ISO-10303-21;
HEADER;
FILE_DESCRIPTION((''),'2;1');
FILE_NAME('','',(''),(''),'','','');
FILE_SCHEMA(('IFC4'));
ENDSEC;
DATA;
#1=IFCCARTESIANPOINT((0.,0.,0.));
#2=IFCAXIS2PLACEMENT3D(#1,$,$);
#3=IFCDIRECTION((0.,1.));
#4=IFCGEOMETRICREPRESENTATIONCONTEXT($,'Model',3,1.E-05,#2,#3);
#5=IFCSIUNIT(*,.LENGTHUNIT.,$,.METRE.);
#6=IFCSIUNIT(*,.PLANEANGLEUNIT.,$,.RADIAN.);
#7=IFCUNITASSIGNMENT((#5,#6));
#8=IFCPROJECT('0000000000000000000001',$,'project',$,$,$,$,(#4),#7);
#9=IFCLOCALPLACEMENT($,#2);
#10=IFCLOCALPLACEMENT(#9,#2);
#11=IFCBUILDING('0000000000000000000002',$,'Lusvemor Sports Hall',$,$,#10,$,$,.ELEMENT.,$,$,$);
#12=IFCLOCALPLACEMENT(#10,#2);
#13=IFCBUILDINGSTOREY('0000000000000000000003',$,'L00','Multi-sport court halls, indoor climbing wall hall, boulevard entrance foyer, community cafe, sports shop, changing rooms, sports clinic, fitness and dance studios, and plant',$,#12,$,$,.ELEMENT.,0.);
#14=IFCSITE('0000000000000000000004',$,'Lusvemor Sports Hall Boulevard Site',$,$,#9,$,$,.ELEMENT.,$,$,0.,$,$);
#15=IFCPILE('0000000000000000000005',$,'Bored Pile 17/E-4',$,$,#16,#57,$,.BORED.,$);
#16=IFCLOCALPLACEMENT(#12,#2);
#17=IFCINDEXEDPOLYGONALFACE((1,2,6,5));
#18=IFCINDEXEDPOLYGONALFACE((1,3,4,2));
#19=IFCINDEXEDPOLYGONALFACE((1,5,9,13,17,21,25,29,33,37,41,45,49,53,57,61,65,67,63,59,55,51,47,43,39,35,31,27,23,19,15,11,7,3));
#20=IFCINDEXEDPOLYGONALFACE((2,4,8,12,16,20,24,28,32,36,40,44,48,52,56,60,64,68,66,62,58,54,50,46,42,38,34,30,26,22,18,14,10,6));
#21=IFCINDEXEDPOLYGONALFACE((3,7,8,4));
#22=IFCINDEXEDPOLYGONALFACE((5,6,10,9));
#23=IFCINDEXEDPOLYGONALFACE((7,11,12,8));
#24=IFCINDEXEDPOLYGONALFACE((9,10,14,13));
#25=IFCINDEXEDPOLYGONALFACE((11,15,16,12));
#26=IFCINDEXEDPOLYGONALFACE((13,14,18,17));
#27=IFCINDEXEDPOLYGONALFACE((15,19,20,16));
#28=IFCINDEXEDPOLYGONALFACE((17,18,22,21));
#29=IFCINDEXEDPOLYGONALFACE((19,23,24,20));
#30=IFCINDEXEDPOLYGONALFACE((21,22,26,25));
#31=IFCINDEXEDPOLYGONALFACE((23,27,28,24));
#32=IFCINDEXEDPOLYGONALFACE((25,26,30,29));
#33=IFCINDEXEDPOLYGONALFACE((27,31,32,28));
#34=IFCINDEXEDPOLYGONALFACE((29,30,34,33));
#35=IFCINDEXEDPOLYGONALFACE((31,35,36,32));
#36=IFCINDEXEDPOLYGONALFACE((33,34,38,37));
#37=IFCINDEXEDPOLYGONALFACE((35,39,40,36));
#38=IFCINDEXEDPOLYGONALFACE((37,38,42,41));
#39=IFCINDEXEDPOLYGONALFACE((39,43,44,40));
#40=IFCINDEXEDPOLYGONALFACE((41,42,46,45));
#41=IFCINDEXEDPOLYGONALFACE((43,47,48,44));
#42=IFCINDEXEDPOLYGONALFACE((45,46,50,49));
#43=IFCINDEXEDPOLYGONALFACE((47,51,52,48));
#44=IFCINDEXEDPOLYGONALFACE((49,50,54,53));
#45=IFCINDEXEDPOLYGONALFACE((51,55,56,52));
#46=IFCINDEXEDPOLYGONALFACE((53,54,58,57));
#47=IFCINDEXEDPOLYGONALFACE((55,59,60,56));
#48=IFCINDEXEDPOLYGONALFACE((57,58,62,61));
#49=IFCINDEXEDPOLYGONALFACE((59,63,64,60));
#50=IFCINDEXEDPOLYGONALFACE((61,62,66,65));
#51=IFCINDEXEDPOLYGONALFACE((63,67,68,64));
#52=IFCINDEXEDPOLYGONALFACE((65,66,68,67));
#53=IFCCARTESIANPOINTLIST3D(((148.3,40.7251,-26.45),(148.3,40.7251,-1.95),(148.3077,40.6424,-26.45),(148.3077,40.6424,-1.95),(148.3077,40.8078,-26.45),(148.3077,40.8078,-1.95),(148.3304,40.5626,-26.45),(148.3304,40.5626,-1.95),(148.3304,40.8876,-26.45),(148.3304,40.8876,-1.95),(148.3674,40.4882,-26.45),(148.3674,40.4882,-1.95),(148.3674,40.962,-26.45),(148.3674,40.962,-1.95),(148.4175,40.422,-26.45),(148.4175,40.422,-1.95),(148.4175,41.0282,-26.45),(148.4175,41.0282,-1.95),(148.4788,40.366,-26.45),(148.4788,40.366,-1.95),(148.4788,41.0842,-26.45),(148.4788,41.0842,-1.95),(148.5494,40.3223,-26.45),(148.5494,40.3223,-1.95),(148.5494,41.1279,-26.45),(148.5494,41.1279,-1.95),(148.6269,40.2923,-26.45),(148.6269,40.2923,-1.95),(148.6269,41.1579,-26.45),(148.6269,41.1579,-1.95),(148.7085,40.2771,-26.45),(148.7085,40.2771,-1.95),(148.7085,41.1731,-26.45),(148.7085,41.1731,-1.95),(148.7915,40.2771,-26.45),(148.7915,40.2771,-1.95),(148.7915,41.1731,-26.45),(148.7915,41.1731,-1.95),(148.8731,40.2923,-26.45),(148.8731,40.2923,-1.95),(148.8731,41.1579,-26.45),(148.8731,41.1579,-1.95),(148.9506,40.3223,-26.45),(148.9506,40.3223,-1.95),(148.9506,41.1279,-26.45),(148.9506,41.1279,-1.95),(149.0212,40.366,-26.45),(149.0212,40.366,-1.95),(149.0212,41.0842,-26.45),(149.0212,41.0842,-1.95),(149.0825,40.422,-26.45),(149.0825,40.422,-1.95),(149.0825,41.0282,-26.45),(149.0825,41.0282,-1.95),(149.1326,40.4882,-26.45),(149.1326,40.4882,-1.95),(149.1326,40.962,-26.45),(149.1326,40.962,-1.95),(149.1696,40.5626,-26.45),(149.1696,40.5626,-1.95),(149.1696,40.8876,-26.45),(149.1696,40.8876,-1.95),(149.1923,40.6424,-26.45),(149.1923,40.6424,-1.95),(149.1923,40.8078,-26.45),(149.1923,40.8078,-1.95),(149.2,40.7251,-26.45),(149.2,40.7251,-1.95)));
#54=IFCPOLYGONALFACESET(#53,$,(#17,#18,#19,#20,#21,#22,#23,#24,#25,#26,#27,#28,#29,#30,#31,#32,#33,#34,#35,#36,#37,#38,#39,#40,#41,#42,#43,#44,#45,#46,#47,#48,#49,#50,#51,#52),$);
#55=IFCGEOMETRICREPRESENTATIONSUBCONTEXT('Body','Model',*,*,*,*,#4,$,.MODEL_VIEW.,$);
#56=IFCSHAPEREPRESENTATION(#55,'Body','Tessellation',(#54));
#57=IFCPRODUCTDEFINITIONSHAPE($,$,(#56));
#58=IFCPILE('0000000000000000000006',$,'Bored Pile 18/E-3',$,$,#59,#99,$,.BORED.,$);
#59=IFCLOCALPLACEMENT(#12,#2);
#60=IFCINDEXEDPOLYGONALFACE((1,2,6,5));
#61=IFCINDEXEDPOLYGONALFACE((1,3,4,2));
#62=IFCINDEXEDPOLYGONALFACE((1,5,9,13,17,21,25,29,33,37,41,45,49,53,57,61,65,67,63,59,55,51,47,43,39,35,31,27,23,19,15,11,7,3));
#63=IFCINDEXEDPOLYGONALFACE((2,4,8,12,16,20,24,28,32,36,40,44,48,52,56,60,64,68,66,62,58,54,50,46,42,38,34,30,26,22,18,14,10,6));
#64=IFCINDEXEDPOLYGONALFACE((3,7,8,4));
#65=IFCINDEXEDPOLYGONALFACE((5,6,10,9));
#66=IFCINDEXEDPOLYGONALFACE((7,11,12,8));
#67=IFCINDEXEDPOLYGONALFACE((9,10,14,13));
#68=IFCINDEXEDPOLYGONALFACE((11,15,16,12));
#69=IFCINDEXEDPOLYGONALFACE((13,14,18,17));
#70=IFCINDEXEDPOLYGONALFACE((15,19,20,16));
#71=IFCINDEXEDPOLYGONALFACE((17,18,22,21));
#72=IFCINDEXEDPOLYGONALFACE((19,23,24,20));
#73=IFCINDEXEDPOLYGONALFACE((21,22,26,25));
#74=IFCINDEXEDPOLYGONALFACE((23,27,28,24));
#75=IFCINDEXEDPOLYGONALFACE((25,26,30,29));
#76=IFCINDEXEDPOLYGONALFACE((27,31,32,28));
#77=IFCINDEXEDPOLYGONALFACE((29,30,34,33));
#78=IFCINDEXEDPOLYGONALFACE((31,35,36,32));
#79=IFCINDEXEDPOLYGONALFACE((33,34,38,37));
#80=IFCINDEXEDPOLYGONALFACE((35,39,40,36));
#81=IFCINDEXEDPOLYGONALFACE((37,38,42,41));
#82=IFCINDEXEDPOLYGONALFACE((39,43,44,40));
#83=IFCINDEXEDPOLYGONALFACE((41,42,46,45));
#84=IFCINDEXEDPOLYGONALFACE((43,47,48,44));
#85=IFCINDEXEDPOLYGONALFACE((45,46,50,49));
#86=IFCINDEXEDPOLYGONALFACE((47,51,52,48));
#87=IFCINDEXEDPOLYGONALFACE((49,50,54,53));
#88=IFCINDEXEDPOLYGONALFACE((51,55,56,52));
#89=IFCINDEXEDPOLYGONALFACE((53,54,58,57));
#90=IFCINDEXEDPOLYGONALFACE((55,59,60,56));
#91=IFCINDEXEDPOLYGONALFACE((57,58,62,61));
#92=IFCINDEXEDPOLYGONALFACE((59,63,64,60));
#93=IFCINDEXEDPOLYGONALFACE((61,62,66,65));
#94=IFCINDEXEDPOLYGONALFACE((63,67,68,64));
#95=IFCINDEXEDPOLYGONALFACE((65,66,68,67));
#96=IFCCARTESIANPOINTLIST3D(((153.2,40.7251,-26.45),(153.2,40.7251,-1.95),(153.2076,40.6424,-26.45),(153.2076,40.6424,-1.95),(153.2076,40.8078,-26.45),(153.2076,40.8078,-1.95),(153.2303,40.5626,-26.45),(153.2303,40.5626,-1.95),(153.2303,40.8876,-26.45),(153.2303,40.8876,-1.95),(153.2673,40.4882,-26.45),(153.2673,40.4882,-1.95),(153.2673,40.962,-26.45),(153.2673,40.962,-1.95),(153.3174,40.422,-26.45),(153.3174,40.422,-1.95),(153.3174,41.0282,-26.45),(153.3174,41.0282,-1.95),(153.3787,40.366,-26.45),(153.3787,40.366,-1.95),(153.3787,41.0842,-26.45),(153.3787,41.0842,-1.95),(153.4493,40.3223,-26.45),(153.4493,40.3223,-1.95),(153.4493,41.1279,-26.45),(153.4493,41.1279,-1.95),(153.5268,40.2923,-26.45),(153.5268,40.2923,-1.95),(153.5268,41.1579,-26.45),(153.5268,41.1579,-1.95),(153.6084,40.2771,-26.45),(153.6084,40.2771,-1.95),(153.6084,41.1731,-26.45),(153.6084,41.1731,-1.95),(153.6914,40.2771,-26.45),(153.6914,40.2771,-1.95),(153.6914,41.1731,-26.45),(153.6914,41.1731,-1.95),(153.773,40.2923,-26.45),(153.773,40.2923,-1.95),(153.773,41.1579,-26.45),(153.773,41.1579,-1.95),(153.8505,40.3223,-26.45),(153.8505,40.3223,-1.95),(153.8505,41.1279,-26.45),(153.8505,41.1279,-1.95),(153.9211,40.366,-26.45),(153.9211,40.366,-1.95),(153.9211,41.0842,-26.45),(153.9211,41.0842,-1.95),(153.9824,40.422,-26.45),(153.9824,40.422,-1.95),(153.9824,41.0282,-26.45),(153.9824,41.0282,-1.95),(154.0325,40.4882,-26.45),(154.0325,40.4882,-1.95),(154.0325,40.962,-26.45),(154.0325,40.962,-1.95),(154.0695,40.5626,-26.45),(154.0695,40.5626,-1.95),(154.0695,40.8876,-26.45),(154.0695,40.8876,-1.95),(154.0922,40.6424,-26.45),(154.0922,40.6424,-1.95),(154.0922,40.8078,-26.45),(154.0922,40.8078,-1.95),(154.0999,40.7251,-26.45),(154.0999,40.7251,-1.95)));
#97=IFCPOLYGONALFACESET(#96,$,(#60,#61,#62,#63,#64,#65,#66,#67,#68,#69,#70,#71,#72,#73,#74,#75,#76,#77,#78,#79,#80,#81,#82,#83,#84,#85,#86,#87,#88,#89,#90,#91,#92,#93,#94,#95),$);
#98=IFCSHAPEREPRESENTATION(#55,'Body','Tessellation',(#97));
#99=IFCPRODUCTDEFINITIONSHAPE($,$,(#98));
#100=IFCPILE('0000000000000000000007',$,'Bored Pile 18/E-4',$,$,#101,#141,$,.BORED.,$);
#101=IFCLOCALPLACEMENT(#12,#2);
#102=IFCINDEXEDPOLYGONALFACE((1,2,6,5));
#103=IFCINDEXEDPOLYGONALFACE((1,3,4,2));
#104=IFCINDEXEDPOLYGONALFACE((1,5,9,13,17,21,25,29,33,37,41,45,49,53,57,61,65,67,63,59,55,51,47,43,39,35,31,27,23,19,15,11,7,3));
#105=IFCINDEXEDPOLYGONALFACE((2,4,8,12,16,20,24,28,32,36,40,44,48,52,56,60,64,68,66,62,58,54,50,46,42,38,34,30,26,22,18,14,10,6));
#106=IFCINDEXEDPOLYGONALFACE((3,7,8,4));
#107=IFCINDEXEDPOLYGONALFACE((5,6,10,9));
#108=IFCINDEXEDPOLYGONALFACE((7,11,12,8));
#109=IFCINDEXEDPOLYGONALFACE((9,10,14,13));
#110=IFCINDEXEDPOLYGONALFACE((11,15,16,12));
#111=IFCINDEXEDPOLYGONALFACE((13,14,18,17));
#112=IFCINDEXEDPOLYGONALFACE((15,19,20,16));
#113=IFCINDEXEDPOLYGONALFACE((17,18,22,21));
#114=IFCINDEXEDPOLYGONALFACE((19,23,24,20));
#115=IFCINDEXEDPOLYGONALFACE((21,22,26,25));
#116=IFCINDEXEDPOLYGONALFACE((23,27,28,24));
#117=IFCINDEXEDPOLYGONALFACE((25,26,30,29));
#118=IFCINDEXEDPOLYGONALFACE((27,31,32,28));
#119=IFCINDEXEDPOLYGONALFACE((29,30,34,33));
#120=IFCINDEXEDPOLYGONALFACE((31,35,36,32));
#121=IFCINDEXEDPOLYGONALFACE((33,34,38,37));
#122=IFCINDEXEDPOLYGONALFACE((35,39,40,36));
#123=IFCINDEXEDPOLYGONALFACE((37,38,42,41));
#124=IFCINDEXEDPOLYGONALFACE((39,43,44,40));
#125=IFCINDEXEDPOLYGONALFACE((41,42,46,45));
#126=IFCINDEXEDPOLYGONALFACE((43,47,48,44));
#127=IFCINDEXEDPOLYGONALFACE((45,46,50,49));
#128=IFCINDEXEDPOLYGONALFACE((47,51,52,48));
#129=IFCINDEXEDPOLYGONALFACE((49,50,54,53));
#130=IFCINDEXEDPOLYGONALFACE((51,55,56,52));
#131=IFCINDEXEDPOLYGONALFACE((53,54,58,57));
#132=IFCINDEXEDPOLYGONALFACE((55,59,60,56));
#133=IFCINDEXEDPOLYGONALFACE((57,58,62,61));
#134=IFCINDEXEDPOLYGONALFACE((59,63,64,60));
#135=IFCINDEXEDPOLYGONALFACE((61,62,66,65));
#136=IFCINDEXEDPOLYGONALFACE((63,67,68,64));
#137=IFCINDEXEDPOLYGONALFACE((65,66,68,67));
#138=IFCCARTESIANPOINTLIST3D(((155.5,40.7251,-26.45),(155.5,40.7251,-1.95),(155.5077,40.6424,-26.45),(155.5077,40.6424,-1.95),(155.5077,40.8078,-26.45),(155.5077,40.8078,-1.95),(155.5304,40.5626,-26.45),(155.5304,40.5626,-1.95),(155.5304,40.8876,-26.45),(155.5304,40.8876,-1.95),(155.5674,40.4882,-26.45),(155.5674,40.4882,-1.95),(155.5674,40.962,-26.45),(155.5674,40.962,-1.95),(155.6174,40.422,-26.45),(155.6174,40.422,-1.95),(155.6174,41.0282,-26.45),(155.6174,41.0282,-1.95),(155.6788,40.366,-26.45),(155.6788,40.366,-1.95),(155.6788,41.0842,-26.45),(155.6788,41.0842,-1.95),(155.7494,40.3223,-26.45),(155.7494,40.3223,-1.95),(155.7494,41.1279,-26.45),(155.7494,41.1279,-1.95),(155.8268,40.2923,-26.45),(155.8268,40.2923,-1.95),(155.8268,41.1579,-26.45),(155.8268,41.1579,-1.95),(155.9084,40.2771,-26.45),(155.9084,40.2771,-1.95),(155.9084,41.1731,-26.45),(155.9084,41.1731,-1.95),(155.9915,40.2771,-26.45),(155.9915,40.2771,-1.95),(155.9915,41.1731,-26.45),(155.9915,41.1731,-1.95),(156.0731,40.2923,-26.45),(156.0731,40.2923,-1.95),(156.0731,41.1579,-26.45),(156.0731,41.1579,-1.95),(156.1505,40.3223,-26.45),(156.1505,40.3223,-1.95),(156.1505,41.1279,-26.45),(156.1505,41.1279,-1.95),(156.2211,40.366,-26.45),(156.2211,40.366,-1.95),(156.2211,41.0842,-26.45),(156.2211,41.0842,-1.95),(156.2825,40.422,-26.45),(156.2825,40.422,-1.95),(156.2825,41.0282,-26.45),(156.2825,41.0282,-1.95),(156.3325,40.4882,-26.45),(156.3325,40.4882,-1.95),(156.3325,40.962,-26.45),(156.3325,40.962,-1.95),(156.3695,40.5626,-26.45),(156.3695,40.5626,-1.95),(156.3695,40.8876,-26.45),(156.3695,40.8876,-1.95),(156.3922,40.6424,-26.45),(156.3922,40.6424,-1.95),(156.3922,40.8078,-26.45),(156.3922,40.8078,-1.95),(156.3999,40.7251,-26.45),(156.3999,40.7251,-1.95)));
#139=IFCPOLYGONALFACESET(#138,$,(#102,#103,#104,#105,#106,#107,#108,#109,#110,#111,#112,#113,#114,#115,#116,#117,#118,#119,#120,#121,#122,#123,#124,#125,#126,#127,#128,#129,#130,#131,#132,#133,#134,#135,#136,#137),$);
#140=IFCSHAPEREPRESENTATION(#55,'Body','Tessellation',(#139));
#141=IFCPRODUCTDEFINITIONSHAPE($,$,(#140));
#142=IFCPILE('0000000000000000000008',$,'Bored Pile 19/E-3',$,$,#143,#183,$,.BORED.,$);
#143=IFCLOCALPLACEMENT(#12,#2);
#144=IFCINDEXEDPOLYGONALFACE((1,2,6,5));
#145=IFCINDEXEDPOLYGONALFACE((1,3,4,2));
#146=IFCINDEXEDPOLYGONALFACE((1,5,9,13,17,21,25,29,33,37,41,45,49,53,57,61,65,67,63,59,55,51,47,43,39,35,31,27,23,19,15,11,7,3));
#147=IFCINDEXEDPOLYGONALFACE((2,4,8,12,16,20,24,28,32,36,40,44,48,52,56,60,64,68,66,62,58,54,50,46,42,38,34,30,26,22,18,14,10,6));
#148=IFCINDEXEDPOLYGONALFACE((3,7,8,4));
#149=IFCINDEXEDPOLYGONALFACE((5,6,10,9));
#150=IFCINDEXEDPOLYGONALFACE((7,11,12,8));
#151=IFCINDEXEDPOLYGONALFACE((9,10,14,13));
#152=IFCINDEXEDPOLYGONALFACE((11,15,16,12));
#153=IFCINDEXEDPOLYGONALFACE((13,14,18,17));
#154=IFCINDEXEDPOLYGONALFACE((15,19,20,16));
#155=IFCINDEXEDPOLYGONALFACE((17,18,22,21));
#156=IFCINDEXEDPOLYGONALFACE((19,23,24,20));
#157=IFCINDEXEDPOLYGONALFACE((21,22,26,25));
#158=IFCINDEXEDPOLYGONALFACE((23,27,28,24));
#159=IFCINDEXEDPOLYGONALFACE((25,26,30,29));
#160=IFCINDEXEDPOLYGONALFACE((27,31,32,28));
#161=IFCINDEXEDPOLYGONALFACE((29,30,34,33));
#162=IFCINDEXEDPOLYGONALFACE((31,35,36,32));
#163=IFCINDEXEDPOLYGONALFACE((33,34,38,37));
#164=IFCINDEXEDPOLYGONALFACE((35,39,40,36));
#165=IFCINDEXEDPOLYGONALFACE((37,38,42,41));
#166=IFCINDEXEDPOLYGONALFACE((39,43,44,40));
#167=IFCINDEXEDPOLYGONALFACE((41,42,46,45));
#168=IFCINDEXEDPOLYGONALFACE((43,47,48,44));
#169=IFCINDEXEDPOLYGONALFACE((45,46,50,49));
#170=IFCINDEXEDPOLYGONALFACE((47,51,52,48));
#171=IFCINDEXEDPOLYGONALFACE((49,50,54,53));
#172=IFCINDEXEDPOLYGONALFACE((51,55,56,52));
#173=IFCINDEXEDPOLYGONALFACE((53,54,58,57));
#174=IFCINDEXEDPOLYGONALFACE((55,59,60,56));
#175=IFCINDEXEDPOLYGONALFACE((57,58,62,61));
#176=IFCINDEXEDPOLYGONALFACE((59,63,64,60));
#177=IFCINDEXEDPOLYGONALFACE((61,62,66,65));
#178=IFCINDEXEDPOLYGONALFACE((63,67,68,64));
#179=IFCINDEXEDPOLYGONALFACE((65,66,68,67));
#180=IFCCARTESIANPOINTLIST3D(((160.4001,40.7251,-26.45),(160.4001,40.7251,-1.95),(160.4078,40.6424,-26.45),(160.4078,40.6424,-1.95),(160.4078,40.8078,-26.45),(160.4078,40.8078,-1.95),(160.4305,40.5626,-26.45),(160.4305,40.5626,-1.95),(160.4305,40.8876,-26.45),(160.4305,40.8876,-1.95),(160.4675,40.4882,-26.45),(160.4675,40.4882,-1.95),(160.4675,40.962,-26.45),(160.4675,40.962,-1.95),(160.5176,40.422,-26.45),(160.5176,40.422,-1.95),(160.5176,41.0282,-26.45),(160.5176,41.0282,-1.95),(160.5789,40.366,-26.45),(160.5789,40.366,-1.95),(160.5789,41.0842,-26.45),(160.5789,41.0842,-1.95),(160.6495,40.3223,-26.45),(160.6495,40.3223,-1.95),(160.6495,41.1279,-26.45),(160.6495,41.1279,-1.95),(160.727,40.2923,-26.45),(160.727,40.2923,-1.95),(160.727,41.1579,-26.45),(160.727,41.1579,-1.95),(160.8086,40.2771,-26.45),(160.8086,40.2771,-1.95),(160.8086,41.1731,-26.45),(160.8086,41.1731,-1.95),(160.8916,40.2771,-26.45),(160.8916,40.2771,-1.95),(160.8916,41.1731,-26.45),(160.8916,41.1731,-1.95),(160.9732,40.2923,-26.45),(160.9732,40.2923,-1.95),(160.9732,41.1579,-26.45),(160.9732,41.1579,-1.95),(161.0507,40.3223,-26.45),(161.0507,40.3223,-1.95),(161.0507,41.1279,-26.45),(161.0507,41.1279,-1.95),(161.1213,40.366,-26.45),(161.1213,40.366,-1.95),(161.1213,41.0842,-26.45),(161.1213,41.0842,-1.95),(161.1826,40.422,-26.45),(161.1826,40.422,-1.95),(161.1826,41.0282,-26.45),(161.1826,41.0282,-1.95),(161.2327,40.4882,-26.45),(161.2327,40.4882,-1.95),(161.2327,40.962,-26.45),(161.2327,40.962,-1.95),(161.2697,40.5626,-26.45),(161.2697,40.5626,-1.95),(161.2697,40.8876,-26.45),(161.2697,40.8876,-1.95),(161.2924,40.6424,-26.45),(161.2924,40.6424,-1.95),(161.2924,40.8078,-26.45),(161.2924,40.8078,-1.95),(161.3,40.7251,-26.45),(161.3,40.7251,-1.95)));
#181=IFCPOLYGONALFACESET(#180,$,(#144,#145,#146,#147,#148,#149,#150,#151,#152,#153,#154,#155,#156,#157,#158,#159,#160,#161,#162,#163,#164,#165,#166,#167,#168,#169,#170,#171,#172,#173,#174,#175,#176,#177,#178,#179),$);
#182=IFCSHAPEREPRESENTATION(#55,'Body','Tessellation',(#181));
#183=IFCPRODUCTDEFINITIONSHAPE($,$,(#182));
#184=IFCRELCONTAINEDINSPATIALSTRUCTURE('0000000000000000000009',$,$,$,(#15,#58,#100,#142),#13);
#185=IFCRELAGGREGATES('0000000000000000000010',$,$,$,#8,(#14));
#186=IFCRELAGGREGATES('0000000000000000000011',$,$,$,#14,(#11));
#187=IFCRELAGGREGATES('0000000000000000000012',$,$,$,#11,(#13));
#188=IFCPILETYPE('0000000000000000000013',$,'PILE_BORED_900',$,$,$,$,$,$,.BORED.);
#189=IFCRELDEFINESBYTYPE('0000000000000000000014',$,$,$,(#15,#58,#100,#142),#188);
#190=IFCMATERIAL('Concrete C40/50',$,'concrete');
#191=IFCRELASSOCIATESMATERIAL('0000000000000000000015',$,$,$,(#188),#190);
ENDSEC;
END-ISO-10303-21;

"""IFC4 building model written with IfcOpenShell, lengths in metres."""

from ifc_helpers import new_model, si_unit, direction, frame, origin, origin_2d, place, context, subcontext, project, spatial, circle, extrude, material, material_profile, profile_set, type_object, element, save


model = new_model("IFC4")

# Units and contexts
model_context = context("Model", 3, precision=1e-05, world=origin(), true_north=direction((0.0, 1.0)))
body_context = subcontext(model_context, "Body", "Model", "MODEL_VIEW")
ifc_project = project(units=[si_unit("LENGTHUNIT", "METRE"), si_unit("PLANEANGLEUNIT", "RADIAN")], contexts=[model_context])

# Site, building, storey
site_placement = place(None, origin())
site = spatial("IfcSite", under=ifc_project, at=site_placement, Name="Lusvemor Sports Hall Boulevard Site", CompositionType="ELEMENT", RefElevation=0.0)
building_placement = place(site_placement, origin())
building = spatial("IfcBuilding", under=site, at=building_placement, Name="Lusvemor Sports Hall", CompositionType="ELEMENT")
storey_placement = place(building_placement, origin())
storey = spatial("IfcBuildingStorey", under=building, at=storey_placement, Name="L00", Description="Multi-sport court halls, indoor climbing wall hall, boulevard entrance foyer, community cafe, sports shop, changing rooms, sports clinic, fitness and dance studios, and plant", CompositionType="ELEMENT", Elevation=0.0)

# Piles
ifc_material_1 = material(Name="Concrete C40/50", Category="concrete")
ifc_material_profile_1 = material_profile(ifc_material_1, circle(Radius=0.45, at=origin_2d()), Name="PILE900")
ifc_profile_set_1 = profile_set([ifc_material_profile_1], Name="Concrete C40/50")
pile_type_1 = type_object("IfcPileType", Name="PILE_BORED_900", PredefinedType="BORED", material=ifc_profile_set_1)
for number, where, z_axis, x_axis, name in (
    (1, (148.75, 40.7251, -1.95), (0.0, 0.0, -1.0), (1.0, 0.0, 0.0), "Bored Pile 17/E-4"),
    (2, (153.6499, 40.7251, -1.95), (0.0, 0.0, -1.0), (1.0, 0.0, 0.0), "Bored Pile 18/E-3"),
    (3, (155.95, 40.7251, -1.95), (0.0, 0.0, -1.0), (1.0, 0.0, 0.0), "Bored Pile 18/E-4"),
    (4, (160.8501, 40.7251, -1.95), (0.0, 0.0, -1.0), (1.0, 0.0, 0.0), "Bored Pile 19/E-3"),
):
    element("IfcPile", number, at=place(storey_placement, frame(where, z_axis=z_axis, x_axis=x_axis)), inside=storey, type_object=pile_type_1, Name=name, PredefinedType="BORED", context=body_context, shape_type="SweptSolid", body=[
        extrude(circle(Radius=0.45, at=origin_2d()), origin(), (0.0, 0.0, 1.0), 24.5),
    ])

save(model, "model.ifc")
